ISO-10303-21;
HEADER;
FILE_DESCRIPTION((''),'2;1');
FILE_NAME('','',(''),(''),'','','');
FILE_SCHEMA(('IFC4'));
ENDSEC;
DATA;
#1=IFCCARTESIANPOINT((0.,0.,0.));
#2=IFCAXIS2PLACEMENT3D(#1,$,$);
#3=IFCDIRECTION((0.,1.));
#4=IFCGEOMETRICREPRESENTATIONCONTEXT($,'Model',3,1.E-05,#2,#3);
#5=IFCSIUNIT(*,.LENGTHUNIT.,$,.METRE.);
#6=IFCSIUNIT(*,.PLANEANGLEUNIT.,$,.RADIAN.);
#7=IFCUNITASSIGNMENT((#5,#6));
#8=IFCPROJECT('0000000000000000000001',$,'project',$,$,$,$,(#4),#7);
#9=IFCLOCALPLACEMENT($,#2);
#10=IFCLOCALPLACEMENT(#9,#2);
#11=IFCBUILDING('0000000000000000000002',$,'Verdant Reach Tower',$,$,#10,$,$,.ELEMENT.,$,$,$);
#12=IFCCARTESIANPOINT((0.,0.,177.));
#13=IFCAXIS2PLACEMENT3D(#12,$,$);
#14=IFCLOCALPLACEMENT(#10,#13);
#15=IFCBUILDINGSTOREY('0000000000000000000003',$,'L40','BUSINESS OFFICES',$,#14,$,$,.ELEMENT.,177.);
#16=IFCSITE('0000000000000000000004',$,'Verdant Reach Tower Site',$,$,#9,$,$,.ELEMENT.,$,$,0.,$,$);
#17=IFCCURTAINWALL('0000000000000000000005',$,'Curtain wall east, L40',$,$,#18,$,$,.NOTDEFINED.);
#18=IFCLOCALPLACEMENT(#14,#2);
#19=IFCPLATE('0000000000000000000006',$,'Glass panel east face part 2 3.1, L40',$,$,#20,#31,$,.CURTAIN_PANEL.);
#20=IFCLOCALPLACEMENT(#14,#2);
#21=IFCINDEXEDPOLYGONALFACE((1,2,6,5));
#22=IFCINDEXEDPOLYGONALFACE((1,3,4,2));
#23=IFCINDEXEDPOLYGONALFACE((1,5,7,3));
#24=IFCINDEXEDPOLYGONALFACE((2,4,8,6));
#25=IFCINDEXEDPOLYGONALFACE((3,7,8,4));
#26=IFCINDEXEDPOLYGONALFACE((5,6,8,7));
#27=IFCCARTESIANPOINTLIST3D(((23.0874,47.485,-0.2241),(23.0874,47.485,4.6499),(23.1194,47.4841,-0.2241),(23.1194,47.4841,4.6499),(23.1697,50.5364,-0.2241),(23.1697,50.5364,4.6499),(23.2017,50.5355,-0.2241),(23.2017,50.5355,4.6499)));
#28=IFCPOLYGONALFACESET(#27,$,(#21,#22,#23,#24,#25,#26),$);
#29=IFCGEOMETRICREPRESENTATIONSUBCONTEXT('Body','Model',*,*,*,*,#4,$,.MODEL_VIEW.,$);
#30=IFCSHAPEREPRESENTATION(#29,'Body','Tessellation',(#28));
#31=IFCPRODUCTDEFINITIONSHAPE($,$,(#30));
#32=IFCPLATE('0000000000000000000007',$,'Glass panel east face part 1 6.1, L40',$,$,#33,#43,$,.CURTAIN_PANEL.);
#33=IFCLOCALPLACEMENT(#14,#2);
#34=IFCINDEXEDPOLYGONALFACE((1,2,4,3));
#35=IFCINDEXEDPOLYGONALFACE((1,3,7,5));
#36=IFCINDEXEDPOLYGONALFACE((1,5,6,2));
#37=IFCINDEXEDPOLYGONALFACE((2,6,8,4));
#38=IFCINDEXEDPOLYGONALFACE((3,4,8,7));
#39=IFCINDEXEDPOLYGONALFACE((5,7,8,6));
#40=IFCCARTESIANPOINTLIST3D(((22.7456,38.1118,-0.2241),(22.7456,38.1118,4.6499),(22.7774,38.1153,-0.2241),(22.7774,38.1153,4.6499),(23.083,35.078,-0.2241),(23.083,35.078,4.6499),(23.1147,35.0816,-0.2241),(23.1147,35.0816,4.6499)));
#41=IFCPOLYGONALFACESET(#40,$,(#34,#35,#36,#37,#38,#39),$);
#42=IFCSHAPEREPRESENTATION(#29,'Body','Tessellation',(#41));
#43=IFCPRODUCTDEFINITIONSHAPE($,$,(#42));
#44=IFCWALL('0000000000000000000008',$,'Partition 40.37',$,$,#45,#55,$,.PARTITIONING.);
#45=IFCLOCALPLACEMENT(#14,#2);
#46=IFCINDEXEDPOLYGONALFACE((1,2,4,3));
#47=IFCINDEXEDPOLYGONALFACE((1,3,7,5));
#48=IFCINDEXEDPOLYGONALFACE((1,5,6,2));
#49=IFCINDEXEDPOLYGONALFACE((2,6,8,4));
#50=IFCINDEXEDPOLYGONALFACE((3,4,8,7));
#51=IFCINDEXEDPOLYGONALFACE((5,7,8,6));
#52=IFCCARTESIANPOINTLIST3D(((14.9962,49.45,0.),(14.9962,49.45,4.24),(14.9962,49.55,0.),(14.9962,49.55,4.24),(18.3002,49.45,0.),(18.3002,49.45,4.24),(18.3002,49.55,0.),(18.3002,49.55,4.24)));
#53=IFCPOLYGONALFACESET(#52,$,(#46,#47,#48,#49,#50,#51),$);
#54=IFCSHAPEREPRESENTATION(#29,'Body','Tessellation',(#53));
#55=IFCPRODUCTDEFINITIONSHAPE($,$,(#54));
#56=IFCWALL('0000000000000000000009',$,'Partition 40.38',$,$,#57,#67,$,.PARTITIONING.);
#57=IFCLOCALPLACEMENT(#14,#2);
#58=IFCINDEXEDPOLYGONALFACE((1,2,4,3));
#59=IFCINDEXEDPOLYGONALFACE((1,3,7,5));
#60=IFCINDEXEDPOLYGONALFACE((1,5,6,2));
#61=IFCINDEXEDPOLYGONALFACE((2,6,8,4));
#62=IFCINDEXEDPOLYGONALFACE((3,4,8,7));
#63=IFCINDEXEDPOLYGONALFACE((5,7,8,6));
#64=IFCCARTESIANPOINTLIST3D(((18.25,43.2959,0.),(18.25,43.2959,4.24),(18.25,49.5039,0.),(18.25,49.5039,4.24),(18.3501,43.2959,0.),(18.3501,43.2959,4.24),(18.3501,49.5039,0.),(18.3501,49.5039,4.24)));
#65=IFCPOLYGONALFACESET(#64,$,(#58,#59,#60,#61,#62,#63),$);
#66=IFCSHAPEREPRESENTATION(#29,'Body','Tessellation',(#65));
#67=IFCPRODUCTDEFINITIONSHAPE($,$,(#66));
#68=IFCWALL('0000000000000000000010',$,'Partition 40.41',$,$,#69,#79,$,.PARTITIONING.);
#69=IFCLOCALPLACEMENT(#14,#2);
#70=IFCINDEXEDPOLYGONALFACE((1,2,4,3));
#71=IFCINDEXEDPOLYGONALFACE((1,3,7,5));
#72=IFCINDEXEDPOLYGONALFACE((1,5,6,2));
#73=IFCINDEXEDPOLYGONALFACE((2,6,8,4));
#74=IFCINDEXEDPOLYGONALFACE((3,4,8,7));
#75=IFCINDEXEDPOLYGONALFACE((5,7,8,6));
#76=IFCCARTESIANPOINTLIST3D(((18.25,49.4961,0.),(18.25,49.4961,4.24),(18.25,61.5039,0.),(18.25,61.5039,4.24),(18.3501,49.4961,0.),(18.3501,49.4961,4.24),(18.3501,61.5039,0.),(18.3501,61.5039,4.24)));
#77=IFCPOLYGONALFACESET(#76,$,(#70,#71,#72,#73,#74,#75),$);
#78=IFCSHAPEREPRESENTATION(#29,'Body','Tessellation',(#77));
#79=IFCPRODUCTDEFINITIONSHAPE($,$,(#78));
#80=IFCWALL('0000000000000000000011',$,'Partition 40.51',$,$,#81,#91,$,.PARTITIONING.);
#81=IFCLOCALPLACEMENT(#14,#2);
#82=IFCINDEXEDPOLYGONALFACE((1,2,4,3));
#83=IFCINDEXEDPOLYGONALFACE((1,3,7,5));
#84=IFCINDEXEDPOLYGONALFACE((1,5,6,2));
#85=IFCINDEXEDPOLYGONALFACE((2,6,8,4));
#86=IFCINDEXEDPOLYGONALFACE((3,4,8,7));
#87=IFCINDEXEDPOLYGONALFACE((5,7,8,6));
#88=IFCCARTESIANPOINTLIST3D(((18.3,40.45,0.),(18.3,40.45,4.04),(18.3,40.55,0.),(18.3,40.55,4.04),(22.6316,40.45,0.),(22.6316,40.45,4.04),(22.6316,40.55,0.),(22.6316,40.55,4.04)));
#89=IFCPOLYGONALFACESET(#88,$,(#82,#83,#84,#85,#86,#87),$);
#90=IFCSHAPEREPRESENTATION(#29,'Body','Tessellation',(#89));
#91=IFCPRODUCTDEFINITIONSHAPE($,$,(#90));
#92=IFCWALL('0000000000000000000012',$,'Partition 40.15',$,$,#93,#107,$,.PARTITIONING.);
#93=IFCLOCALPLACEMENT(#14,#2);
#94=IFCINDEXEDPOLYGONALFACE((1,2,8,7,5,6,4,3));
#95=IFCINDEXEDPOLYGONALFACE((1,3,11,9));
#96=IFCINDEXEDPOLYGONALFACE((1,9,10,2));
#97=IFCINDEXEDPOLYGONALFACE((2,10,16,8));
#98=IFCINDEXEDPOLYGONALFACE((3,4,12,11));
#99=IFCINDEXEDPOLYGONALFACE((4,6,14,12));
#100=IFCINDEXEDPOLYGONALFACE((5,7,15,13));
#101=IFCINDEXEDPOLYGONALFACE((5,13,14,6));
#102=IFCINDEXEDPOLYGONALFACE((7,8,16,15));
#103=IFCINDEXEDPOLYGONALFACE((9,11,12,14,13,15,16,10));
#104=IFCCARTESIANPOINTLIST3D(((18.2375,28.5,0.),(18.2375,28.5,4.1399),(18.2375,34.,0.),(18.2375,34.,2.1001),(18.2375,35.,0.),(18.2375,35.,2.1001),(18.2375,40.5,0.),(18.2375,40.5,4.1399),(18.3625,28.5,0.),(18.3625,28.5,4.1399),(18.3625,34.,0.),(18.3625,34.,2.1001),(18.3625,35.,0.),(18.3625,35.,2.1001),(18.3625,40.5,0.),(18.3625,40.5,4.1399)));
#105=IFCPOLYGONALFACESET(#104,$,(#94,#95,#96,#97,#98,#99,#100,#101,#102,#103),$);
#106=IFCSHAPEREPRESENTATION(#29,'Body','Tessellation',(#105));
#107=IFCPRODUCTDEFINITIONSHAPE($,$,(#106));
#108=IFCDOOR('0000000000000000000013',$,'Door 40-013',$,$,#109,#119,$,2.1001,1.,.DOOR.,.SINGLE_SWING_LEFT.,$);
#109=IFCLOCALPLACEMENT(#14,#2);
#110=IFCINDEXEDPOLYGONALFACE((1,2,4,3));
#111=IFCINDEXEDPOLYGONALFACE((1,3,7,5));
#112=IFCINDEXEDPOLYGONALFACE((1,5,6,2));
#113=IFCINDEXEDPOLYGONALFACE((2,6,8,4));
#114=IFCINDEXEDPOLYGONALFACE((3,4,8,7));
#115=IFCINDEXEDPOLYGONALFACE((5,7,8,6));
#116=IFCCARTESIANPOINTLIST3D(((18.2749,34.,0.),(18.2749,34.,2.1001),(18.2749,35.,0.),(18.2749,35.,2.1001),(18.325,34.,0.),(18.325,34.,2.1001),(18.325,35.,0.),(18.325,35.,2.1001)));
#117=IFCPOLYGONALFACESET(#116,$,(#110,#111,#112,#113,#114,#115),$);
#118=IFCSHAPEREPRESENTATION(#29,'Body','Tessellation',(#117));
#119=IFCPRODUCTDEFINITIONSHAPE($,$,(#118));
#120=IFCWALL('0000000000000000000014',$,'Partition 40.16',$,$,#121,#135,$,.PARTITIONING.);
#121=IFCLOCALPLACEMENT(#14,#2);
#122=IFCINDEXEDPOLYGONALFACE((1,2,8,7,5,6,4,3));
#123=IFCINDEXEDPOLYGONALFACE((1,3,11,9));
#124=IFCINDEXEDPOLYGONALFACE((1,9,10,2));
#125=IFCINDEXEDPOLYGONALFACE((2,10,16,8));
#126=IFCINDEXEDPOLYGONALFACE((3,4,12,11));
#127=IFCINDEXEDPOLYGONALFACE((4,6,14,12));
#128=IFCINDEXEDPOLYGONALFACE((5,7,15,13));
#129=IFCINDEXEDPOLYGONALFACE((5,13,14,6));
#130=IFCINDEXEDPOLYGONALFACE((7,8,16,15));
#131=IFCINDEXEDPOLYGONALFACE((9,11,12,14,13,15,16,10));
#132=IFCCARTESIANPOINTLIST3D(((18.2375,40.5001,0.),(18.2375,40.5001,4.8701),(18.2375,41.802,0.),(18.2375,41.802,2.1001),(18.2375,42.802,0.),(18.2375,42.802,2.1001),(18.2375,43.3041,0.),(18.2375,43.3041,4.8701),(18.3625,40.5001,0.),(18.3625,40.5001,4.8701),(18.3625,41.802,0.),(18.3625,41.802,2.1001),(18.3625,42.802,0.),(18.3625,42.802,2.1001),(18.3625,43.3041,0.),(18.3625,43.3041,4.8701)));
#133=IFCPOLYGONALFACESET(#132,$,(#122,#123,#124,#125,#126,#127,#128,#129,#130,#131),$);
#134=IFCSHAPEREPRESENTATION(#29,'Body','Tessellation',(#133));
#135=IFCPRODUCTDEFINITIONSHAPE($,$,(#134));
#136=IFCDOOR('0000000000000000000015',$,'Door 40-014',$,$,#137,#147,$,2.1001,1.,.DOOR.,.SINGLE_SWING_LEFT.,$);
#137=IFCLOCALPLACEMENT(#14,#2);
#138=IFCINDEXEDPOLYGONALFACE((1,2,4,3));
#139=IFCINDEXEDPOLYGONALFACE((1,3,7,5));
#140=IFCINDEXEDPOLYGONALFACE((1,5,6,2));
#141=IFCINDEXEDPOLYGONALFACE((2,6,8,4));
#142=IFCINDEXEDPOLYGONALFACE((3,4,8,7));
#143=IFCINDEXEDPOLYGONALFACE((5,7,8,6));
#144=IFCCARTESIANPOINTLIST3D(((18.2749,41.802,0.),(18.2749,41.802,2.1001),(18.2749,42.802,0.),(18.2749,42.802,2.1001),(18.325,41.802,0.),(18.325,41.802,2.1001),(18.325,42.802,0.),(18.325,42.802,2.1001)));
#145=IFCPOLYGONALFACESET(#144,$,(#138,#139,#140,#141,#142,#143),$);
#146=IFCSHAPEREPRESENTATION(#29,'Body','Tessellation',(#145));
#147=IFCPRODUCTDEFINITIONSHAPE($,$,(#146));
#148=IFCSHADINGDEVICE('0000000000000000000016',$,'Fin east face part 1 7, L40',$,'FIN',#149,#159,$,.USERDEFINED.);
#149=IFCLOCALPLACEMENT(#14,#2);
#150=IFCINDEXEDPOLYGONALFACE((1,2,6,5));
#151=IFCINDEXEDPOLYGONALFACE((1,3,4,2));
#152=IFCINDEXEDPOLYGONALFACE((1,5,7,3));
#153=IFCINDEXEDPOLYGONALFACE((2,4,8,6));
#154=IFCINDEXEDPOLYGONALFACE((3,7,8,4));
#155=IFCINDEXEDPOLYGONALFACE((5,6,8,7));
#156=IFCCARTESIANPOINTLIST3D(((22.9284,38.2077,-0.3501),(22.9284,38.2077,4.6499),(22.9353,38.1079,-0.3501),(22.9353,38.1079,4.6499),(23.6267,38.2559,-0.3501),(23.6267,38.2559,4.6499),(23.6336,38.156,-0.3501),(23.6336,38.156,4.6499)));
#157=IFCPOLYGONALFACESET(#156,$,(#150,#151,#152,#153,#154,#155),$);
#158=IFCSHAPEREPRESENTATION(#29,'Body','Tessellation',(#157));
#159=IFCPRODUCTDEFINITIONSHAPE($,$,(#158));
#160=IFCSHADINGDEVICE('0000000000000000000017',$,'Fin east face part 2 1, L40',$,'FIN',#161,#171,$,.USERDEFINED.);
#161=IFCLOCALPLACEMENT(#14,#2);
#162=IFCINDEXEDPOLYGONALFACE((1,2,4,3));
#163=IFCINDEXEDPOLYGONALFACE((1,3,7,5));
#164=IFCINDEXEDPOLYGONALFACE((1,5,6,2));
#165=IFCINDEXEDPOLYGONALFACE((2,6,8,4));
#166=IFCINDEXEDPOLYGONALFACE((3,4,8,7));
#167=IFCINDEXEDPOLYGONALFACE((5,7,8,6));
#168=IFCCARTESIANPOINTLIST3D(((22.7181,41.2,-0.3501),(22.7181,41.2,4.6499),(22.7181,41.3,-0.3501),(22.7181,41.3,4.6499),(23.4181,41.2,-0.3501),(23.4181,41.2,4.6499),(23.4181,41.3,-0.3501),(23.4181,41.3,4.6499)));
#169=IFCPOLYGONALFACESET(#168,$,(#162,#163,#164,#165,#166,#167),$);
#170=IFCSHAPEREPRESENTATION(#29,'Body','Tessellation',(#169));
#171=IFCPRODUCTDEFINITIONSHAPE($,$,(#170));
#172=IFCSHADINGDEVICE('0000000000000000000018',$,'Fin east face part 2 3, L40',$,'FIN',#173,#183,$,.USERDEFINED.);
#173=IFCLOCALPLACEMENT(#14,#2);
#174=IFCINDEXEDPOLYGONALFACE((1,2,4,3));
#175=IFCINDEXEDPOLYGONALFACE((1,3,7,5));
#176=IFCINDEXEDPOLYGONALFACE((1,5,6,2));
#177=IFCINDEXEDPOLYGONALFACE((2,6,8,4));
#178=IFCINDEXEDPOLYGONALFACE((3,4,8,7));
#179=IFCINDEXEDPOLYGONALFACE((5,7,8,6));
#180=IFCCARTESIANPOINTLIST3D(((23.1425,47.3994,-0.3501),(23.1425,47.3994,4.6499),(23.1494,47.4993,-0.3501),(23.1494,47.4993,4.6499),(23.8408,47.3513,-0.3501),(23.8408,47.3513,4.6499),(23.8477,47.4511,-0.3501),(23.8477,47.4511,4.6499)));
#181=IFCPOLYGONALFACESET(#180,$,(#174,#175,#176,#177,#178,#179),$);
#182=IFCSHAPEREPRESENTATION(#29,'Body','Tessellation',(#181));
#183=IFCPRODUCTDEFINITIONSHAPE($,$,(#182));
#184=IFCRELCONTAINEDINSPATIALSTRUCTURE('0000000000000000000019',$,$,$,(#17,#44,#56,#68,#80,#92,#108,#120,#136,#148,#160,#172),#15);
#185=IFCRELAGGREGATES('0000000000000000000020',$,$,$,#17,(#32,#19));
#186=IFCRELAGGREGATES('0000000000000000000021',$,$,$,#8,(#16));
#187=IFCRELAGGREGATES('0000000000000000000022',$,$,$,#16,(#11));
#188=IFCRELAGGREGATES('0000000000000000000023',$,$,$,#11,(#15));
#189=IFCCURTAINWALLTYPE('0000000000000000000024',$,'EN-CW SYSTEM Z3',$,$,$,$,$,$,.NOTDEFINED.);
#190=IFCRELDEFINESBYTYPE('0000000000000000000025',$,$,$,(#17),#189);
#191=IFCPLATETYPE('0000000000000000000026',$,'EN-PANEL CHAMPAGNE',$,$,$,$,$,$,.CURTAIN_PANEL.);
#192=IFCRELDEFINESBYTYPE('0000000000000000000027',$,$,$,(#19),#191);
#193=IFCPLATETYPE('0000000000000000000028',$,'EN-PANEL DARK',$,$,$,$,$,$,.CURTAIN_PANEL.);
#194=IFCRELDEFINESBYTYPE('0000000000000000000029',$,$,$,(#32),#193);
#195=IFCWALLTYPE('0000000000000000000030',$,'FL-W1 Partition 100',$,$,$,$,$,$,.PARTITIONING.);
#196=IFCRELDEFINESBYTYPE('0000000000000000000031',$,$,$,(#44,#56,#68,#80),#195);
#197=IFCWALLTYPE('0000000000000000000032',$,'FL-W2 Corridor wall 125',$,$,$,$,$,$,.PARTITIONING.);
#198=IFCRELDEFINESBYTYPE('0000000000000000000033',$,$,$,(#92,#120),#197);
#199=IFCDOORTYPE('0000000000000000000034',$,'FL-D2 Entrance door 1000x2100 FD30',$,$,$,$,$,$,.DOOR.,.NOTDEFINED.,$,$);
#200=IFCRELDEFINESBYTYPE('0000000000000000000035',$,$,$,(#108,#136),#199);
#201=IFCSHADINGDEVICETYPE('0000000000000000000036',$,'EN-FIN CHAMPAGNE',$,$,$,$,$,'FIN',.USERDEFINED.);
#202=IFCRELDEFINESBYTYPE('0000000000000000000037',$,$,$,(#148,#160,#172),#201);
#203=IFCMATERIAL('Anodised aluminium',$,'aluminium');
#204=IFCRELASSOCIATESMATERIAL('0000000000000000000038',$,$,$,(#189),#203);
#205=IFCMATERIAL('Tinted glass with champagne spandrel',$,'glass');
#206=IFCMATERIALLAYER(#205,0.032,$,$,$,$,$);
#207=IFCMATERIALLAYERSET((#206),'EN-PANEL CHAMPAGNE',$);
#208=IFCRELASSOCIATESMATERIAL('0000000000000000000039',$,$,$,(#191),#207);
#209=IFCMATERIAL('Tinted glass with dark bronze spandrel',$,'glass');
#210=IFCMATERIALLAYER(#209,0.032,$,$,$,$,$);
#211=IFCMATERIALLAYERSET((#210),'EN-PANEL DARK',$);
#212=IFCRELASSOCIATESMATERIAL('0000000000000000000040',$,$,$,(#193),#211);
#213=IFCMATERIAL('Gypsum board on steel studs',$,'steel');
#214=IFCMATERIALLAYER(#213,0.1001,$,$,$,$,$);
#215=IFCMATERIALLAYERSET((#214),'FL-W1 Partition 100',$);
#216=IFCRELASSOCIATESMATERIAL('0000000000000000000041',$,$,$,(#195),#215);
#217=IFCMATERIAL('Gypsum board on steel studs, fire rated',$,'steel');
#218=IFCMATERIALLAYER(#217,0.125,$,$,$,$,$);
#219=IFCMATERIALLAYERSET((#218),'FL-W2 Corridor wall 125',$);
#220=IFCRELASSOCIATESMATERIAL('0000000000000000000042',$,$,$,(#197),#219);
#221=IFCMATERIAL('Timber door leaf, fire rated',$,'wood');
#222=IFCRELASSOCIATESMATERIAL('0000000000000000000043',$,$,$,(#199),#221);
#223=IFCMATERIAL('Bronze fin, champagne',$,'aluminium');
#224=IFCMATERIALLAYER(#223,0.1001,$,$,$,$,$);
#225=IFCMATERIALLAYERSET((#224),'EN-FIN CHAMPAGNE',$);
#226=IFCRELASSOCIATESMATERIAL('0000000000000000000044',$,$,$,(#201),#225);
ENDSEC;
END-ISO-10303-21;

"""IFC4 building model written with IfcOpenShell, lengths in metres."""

from ifc_helpers import new_model, si_unit, direction, frame, frame_2d, origin, origin_2d, place, context, subcontext, project, spatial, rectangle, extrude, material, layer, layer_set, type_object, element, fill, aggregate, save


model = new_model("IFC4")

# Units and contexts
model_context = context("Model", 3, precision=1e-05, world=origin(), true_north=direction((0.0, 1.0)))
body_context = subcontext(model_context, "Body", "Model", "MODEL_VIEW")
ifc_project = project(units=[si_unit("LENGTHUNIT", "METRE"), si_unit("PLANEANGLEUNIT", "RADIAN")], contexts=[model_context])

# Site, building, storey
site_placement = place(None, origin())
site = spatial("IfcSite", under=ifc_project, at=site_placement, Name="Verdant Reach Tower Site", CompositionType="ELEMENT", RefElevation=0.0)
building_placement = place(site_placement, origin())
building = spatial("IfcBuilding", under=site, at=building_placement, Name="Verdant Reach Tower", CompositionType="ELEMENT")
storey_placement = place(building_placement, frame((0.0, 0.0, 177.0)))
storey = spatial("IfcBuildingStorey", under=building, at=storey_placement, Name="L40", Description="BUSINESS OFFICES", CompositionType="ELEMENT", Elevation=177.0)

# Curtain wall
ifc_material_1 = material(Name="Anodised aluminium", Category="aluminium")
curtain_wall_type = type_object("IfcCurtainWallType", Name="EN-CW SYSTEM Z3", PredefinedType="NOTDEFINED", material=ifc_material_1)
curtain_wall_placement = place(storey_placement, origin())
curtain_wall = element("IfcCurtainWall", 1, at=curtain_wall_placement, inside=storey, type_object=curtain_wall_type, Name="Curtain wall east, L40", PredefinedType="NOTDEFINED")

# Plates
ifc_material_2 = material(Name="Tinted glass with champagne spandrel", Category="glass")
ifc_layer_1 = layer(ifc_material_2, 0.032)
ifc_layer_set_1 = layer_set([ifc_layer_1], Name="EN-PANEL CHAMPAGNE")
plate_type_1 = type_object("IfcPlateType", Name="EN-PANEL CHAMPAGNE", PredefinedType="CURTAIN_PANEL", material=ifc_layer_set_1)
plate_1_placement = place(storey_placement, frame((23.1445, 49.0103, -0.2241), z_axis=(0.0, 0.0, 1.0), x_axis=(0.026965, 0.999636, 0.0)))
plate_1 = element("IfcPlate", 2, at=plate_1_placement, type_object=plate_type_1, Name="Glass panel east face part 2 3.1, L40", PredefinedType="CURTAIN_PANEL", context=body_context, shape_type="SweptSolid", body=[
    extrude(rectangle(XDim=3.0525, YDim=0.032, at=origin_2d()), origin(), (0.0, 0.0, 1.0), 4.874),
])
ifc_material_3 = material(Name="Tinted glass with dark bronze spandrel", Category="glass")
ifc_layer_2 = layer(ifc_material_3, 0.032)
ifc_layer_set_2 = layer_set([ifc_layer_2], Name="EN-PANEL DARK")
plate_type_2 = type_object("IfcPlateType", Name="EN-PANEL DARK", PredefinedType="CURTAIN_PANEL", material=ifc_layer_set_2)
plate_2_placement = place(storey_placement, frame((22.9302, 36.5967, -0.2241), z_axis=(0.0, 0.0, 1.0), x_axis=(-0.110518, 0.993874, 0.0)))
plate_2 = element("IfcPlate", 3, at=plate_2_placement, type_object=plate_type_2, Name="Glass panel east face part 1 6.1, L40", PredefinedType="CURTAIN_PANEL", context=body_context, shape_type="SweptSolid", body=[
    extrude(rectangle(XDim=3.0525, YDim=0.032, at=origin_2d()), origin(), (0.0, 0.0, 1.0), 4.874),
])
aggregate(curtain_wall, [plate_2, plate_1])

# Walls
ifc_material_4 = material(Name="Gypsum board on steel studs", Category="steel")
ifc_layer_3 = layer(ifc_material_4, 0.1001)
ifc_layer_set_3 = layer_set([ifc_layer_3], Name="FL-W1 Partition 100")
wall_type_1 = type_object("IfcWallType", Name="FL-W1 Partition 100", PredefinedType="PARTITIONING", material=ifc_layer_set_3)
wall_1_placement = place(storey_placement, frame((18.3, 49.5, 0.0), z_axis=(0.0, 0.0, 1.0), x_axis=(-1.0, 0.0, 0.0)))
element("IfcWall", 4, at=wall_1_placement, inside=storey, type_object=wall_type_1, Name="Partition 40.37", PredefinedType="PARTITIONING", context=body_context, shape_type="SweptSolid", body=[
    extrude(rectangle(XDim=3.304, YDim=0.1001, at=frame_2d((1.6519, 0.0))), origin(), (0.0, 0.0, 1.0), 4.24),
])
wall_2_placement = place(storey_placement, frame((18.3, 43.2959, 0.0), z_axis=(0.0, 0.0, 1.0), x_axis=(0.0, 1.0, 0.0)))
element("IfcWall", 5, at=wall_2_placement, inside=storey, type_object=wall_type_1, Name="Partition 40.38", PredefinedType="PARTITIONING", context=body_context, shape_type="SweptSolid", body=[
    extrude(rectangle(XDim=6.208, YDim=0.1001, at=frame_2d((3.104, 0.0))), origin(), (0.0, 0.0, 1.0), 4.24),
])
wall_3_placement = place(storey_placement, frame((18.3, 49.4961, 0.0), z_axis=(0.0, 0.0, 1.0), x_axis=(0.0, 1.0, 0.0)))
element("IfcWall", 6, at=wall_3_placement, inside=storey, type_object=wall_type_1, Name="Partition 40.41", PredefinedType="PARTITIONING", context=body_context, shape_type="SweptSolid", body=[
    extrude(rectangle(XDim=12.0078, YDim=0.1001, at=frame_2d((6.0039, 0.0))), origin(), (0.0, 0.0, 1.0), 4.24),
])
wall_4_placement = place(storey_placement, frame((22.6316, 40.5, 0.0), z_axis=(0.0, 0.0, 1.0), x_axis=(-1.0, 0.0, 0.0)))
element("IfcWall", 7, at=wall_4_placement, inside=storey, type_object=wall_type_1, Name="Partition 40.51", PredefinedType="PARTITIONING", context=body_context, shape_type="SweptSolid", body=[
    extrude(rectangle(XDim=4.3315, YDim=0.1001, at=frame_2d((2.1658, 0.0))), origin(), (0.0, 0.0, 1.0), 4.04),
])

# Walls, openings, doors
ifc_material_5 = material(Name="Gypsum board on steel studs, fire rated", Category="steel")
ifc_layer_4 = layer(ifc_material_5, 0.125)
ifc_layer_set_4 = layer_set([ifc_layer_4], Name="FL-W2 Corridor wall 125")
wall_type_2 = type_object("IfcWallType", Name="FL-W2 Corridor wall 125", PredefinedType="PARTITIONING", material=ifc_layer_set_4)
wall_5_placement = place(storey_placement, frame((18.3, 40.5, 0.0), z_axis=(0.0, 0.0, 1.0), x_axis=(0.0, -1.0, 0.0)))
wall_5 = element("IfcWall", 8, at=wall_5_placement, inside=storey, type_object=wall_type_2, Name="Partition 40.15", PredefinedType="PARTITIONING", context=body_context, shape_type="SweptSolid", body=[
    extrude(rectangle(XDim=12.0, YDim=0.125, at=frame_2d((6.0, 0.0))), origin(), (0.0, 0.0, 1.0), 4.1399),
])
opening_1_placement = place(wall_5_placement, frame((5.5, 0.0, 0.0)))
opening_1 = element("IfcOpeningElement", 9, at=opening_1_placement, cuts=wall_5, PredefinedType="OPENING", context=body_context, shape_type="SweptSolid", body=[
    extrude(rectangle(XDim=1.0, YDim=2.1001, at=frame_2d((0.5, 1.05))), frame((0.0, 0.0725, 0.0), z_axis=(0.0, -1.0, 0.0), x_axis=(1.0, 0.0, 0.0)), (0.0, 0.0, 1.0), 0.145),
])
ifc_material_6 = material(Name="Timber door leaf, fire rated", Category="wood")
door_type = type_object("IfcDoorType", Name="FL-D2 Entrance door 1000x2100 FD30", OperationType="NOTDEFINED", PredefinedType="DOOR", material=ifc_material_6)
door_1_placement = place(opening_1_placement, origin())
door_1 = element("IfcDoor", 10, at=door_1_placement, inside=storey, type_object=door_type, Name="Door 40-013", OperationType="SINGLE_SWING_LEFT", OverallHeight=2.1001, OverallWidth=1.0, PredefinedType="DOOR", context=body_context, shape_type="SweptSolid", body=[
    extrude(rectangle(XDim=1.0, YDim=2.1001, at=frame_2d((0.5, 1.05))), frame((0.0, 0.0249, 0.0), z_axis=(0.0, -1.0, 0.0), x_axis=(1.0, 0.0, 0.0)), (0.0, 0.0, 1.0), 0.05),
])
fill(opening_1, door_1)
wall_6_placement = place(storey_placement, frame((18.3, 43.304, 0.0), z_axis=(0.0, 0.0, 1.0), x_axis=(0.0, -1.0, 0.0)))
wall_6 = element("IfcWall", 11, at=wall_6_placement, inside=storey, type_object=wall_type_2, Name="Partition 40.16", PredefinedType="PARTITIONING", context=body_context, shape_type="SweptSolid", body=[
    extrude(rectangle(XDim=2.804, YDim=0.125, at=frame_2d((1.4019, 0.0))), origin(), (0.0, 0.0, 1.0), 4.8701),
])
opening_2_placement = place(wall_6_placement, frame((0.502, 0.0, 0.0)))
opening_2 = element("IfcOpeningElement", 12, at=opening_2_placement, cuts=wall_6, PredefinedType="OPENING", context=body_context, shape_type="SweptSolid", body=[
    extrude(rectangle(XDim=1.0, YDim=2.1001, at=frame_2d((0.5, 1.05))), frame((0.0, 0.0725, 0.0), z_axis=(0.0, -1.0, 0.0), x_axis=(1.0, 0.0, 0.0)), (0.0, 0.0, 1.0), 0.145),
])
door_2_placement = place(opening_2_placement, origin())
door_2 = element("IfcDoor", 13, at=door_2_placement, inside=storey, type_object=door_type, Name="Door 40-014", OperationType="SINGLE_SWING_LEFT", OverallHeight=2.1001, OverallWidth=1.0, PredefinedType="DOOR", context=body_context, shape_type="SweptSolid", body=[
    extrude(rectangle(XDim=1.0, YDim=2.1001, at=frame_2d((0.5, 1.05))), frame((0.0, 0.0249, 0.0), z_axis=(0.0, -1.0, 0.0), x_axis=(1.0, 0.0, 0.0)), (0.0, 0.0, 1.0), 0.05),
])
fill(opening_2, door_2)

# Shading devices
ifc_material_7 = material(Name="Bronze fin, champagne", Category="aluminium")
ifc_layer_5 = layer(ifc_material_7, 0.1001)
ifc_layer_set_5 = layer_set([ifc_layer_5], Name="EN-FIN CHAMPAGNE")
shading_device_type = type_object("IfcShadingDeviceType", Name="EN-FIN CHAMPAGNE", ElementType="FIN", PredefinedType="USERDEFINED", material=ifc_layer_set_5)
for number, where, z_axis, x_axis, name in (
    (14, (23.281, 38.1819, -0.3501), (0.0, 0.0, 1.0), (-0.068802, 0.99763, 0.0), "Fin east face part 1 7, L40"),
    (15, (23.0681, 41.25, -0.3501), (0.0, 0.0, 1.0), (0.0, 1.0, 0.0), "Fin east face part 2 1, L40"),
    (16, (23.4951, 47.4253, -0.3501), (0.0, 0.0, 1.0), (0.068802, 0.99763, 0.0), "Fin east face part 2 3, L40"),
):
    element("IfcShadingDevice", number, at=place(storey_placement, frame(where, z_axis=z_axis, x_axis=x_axis)), inside=storey, type_object=shading_device_type, Name=name, ObjectType="FIN", PredefinedType="USERDEFINED", context=body_context, shape_type="SweptSolid", body=[
        extrude(rectangle(XDim=0.1001, YDim=0.7, at=origin_2d()), origin(), (0.0, 0.0, 1.0), 5.0),
    ])

save(model, "model.ifc")
